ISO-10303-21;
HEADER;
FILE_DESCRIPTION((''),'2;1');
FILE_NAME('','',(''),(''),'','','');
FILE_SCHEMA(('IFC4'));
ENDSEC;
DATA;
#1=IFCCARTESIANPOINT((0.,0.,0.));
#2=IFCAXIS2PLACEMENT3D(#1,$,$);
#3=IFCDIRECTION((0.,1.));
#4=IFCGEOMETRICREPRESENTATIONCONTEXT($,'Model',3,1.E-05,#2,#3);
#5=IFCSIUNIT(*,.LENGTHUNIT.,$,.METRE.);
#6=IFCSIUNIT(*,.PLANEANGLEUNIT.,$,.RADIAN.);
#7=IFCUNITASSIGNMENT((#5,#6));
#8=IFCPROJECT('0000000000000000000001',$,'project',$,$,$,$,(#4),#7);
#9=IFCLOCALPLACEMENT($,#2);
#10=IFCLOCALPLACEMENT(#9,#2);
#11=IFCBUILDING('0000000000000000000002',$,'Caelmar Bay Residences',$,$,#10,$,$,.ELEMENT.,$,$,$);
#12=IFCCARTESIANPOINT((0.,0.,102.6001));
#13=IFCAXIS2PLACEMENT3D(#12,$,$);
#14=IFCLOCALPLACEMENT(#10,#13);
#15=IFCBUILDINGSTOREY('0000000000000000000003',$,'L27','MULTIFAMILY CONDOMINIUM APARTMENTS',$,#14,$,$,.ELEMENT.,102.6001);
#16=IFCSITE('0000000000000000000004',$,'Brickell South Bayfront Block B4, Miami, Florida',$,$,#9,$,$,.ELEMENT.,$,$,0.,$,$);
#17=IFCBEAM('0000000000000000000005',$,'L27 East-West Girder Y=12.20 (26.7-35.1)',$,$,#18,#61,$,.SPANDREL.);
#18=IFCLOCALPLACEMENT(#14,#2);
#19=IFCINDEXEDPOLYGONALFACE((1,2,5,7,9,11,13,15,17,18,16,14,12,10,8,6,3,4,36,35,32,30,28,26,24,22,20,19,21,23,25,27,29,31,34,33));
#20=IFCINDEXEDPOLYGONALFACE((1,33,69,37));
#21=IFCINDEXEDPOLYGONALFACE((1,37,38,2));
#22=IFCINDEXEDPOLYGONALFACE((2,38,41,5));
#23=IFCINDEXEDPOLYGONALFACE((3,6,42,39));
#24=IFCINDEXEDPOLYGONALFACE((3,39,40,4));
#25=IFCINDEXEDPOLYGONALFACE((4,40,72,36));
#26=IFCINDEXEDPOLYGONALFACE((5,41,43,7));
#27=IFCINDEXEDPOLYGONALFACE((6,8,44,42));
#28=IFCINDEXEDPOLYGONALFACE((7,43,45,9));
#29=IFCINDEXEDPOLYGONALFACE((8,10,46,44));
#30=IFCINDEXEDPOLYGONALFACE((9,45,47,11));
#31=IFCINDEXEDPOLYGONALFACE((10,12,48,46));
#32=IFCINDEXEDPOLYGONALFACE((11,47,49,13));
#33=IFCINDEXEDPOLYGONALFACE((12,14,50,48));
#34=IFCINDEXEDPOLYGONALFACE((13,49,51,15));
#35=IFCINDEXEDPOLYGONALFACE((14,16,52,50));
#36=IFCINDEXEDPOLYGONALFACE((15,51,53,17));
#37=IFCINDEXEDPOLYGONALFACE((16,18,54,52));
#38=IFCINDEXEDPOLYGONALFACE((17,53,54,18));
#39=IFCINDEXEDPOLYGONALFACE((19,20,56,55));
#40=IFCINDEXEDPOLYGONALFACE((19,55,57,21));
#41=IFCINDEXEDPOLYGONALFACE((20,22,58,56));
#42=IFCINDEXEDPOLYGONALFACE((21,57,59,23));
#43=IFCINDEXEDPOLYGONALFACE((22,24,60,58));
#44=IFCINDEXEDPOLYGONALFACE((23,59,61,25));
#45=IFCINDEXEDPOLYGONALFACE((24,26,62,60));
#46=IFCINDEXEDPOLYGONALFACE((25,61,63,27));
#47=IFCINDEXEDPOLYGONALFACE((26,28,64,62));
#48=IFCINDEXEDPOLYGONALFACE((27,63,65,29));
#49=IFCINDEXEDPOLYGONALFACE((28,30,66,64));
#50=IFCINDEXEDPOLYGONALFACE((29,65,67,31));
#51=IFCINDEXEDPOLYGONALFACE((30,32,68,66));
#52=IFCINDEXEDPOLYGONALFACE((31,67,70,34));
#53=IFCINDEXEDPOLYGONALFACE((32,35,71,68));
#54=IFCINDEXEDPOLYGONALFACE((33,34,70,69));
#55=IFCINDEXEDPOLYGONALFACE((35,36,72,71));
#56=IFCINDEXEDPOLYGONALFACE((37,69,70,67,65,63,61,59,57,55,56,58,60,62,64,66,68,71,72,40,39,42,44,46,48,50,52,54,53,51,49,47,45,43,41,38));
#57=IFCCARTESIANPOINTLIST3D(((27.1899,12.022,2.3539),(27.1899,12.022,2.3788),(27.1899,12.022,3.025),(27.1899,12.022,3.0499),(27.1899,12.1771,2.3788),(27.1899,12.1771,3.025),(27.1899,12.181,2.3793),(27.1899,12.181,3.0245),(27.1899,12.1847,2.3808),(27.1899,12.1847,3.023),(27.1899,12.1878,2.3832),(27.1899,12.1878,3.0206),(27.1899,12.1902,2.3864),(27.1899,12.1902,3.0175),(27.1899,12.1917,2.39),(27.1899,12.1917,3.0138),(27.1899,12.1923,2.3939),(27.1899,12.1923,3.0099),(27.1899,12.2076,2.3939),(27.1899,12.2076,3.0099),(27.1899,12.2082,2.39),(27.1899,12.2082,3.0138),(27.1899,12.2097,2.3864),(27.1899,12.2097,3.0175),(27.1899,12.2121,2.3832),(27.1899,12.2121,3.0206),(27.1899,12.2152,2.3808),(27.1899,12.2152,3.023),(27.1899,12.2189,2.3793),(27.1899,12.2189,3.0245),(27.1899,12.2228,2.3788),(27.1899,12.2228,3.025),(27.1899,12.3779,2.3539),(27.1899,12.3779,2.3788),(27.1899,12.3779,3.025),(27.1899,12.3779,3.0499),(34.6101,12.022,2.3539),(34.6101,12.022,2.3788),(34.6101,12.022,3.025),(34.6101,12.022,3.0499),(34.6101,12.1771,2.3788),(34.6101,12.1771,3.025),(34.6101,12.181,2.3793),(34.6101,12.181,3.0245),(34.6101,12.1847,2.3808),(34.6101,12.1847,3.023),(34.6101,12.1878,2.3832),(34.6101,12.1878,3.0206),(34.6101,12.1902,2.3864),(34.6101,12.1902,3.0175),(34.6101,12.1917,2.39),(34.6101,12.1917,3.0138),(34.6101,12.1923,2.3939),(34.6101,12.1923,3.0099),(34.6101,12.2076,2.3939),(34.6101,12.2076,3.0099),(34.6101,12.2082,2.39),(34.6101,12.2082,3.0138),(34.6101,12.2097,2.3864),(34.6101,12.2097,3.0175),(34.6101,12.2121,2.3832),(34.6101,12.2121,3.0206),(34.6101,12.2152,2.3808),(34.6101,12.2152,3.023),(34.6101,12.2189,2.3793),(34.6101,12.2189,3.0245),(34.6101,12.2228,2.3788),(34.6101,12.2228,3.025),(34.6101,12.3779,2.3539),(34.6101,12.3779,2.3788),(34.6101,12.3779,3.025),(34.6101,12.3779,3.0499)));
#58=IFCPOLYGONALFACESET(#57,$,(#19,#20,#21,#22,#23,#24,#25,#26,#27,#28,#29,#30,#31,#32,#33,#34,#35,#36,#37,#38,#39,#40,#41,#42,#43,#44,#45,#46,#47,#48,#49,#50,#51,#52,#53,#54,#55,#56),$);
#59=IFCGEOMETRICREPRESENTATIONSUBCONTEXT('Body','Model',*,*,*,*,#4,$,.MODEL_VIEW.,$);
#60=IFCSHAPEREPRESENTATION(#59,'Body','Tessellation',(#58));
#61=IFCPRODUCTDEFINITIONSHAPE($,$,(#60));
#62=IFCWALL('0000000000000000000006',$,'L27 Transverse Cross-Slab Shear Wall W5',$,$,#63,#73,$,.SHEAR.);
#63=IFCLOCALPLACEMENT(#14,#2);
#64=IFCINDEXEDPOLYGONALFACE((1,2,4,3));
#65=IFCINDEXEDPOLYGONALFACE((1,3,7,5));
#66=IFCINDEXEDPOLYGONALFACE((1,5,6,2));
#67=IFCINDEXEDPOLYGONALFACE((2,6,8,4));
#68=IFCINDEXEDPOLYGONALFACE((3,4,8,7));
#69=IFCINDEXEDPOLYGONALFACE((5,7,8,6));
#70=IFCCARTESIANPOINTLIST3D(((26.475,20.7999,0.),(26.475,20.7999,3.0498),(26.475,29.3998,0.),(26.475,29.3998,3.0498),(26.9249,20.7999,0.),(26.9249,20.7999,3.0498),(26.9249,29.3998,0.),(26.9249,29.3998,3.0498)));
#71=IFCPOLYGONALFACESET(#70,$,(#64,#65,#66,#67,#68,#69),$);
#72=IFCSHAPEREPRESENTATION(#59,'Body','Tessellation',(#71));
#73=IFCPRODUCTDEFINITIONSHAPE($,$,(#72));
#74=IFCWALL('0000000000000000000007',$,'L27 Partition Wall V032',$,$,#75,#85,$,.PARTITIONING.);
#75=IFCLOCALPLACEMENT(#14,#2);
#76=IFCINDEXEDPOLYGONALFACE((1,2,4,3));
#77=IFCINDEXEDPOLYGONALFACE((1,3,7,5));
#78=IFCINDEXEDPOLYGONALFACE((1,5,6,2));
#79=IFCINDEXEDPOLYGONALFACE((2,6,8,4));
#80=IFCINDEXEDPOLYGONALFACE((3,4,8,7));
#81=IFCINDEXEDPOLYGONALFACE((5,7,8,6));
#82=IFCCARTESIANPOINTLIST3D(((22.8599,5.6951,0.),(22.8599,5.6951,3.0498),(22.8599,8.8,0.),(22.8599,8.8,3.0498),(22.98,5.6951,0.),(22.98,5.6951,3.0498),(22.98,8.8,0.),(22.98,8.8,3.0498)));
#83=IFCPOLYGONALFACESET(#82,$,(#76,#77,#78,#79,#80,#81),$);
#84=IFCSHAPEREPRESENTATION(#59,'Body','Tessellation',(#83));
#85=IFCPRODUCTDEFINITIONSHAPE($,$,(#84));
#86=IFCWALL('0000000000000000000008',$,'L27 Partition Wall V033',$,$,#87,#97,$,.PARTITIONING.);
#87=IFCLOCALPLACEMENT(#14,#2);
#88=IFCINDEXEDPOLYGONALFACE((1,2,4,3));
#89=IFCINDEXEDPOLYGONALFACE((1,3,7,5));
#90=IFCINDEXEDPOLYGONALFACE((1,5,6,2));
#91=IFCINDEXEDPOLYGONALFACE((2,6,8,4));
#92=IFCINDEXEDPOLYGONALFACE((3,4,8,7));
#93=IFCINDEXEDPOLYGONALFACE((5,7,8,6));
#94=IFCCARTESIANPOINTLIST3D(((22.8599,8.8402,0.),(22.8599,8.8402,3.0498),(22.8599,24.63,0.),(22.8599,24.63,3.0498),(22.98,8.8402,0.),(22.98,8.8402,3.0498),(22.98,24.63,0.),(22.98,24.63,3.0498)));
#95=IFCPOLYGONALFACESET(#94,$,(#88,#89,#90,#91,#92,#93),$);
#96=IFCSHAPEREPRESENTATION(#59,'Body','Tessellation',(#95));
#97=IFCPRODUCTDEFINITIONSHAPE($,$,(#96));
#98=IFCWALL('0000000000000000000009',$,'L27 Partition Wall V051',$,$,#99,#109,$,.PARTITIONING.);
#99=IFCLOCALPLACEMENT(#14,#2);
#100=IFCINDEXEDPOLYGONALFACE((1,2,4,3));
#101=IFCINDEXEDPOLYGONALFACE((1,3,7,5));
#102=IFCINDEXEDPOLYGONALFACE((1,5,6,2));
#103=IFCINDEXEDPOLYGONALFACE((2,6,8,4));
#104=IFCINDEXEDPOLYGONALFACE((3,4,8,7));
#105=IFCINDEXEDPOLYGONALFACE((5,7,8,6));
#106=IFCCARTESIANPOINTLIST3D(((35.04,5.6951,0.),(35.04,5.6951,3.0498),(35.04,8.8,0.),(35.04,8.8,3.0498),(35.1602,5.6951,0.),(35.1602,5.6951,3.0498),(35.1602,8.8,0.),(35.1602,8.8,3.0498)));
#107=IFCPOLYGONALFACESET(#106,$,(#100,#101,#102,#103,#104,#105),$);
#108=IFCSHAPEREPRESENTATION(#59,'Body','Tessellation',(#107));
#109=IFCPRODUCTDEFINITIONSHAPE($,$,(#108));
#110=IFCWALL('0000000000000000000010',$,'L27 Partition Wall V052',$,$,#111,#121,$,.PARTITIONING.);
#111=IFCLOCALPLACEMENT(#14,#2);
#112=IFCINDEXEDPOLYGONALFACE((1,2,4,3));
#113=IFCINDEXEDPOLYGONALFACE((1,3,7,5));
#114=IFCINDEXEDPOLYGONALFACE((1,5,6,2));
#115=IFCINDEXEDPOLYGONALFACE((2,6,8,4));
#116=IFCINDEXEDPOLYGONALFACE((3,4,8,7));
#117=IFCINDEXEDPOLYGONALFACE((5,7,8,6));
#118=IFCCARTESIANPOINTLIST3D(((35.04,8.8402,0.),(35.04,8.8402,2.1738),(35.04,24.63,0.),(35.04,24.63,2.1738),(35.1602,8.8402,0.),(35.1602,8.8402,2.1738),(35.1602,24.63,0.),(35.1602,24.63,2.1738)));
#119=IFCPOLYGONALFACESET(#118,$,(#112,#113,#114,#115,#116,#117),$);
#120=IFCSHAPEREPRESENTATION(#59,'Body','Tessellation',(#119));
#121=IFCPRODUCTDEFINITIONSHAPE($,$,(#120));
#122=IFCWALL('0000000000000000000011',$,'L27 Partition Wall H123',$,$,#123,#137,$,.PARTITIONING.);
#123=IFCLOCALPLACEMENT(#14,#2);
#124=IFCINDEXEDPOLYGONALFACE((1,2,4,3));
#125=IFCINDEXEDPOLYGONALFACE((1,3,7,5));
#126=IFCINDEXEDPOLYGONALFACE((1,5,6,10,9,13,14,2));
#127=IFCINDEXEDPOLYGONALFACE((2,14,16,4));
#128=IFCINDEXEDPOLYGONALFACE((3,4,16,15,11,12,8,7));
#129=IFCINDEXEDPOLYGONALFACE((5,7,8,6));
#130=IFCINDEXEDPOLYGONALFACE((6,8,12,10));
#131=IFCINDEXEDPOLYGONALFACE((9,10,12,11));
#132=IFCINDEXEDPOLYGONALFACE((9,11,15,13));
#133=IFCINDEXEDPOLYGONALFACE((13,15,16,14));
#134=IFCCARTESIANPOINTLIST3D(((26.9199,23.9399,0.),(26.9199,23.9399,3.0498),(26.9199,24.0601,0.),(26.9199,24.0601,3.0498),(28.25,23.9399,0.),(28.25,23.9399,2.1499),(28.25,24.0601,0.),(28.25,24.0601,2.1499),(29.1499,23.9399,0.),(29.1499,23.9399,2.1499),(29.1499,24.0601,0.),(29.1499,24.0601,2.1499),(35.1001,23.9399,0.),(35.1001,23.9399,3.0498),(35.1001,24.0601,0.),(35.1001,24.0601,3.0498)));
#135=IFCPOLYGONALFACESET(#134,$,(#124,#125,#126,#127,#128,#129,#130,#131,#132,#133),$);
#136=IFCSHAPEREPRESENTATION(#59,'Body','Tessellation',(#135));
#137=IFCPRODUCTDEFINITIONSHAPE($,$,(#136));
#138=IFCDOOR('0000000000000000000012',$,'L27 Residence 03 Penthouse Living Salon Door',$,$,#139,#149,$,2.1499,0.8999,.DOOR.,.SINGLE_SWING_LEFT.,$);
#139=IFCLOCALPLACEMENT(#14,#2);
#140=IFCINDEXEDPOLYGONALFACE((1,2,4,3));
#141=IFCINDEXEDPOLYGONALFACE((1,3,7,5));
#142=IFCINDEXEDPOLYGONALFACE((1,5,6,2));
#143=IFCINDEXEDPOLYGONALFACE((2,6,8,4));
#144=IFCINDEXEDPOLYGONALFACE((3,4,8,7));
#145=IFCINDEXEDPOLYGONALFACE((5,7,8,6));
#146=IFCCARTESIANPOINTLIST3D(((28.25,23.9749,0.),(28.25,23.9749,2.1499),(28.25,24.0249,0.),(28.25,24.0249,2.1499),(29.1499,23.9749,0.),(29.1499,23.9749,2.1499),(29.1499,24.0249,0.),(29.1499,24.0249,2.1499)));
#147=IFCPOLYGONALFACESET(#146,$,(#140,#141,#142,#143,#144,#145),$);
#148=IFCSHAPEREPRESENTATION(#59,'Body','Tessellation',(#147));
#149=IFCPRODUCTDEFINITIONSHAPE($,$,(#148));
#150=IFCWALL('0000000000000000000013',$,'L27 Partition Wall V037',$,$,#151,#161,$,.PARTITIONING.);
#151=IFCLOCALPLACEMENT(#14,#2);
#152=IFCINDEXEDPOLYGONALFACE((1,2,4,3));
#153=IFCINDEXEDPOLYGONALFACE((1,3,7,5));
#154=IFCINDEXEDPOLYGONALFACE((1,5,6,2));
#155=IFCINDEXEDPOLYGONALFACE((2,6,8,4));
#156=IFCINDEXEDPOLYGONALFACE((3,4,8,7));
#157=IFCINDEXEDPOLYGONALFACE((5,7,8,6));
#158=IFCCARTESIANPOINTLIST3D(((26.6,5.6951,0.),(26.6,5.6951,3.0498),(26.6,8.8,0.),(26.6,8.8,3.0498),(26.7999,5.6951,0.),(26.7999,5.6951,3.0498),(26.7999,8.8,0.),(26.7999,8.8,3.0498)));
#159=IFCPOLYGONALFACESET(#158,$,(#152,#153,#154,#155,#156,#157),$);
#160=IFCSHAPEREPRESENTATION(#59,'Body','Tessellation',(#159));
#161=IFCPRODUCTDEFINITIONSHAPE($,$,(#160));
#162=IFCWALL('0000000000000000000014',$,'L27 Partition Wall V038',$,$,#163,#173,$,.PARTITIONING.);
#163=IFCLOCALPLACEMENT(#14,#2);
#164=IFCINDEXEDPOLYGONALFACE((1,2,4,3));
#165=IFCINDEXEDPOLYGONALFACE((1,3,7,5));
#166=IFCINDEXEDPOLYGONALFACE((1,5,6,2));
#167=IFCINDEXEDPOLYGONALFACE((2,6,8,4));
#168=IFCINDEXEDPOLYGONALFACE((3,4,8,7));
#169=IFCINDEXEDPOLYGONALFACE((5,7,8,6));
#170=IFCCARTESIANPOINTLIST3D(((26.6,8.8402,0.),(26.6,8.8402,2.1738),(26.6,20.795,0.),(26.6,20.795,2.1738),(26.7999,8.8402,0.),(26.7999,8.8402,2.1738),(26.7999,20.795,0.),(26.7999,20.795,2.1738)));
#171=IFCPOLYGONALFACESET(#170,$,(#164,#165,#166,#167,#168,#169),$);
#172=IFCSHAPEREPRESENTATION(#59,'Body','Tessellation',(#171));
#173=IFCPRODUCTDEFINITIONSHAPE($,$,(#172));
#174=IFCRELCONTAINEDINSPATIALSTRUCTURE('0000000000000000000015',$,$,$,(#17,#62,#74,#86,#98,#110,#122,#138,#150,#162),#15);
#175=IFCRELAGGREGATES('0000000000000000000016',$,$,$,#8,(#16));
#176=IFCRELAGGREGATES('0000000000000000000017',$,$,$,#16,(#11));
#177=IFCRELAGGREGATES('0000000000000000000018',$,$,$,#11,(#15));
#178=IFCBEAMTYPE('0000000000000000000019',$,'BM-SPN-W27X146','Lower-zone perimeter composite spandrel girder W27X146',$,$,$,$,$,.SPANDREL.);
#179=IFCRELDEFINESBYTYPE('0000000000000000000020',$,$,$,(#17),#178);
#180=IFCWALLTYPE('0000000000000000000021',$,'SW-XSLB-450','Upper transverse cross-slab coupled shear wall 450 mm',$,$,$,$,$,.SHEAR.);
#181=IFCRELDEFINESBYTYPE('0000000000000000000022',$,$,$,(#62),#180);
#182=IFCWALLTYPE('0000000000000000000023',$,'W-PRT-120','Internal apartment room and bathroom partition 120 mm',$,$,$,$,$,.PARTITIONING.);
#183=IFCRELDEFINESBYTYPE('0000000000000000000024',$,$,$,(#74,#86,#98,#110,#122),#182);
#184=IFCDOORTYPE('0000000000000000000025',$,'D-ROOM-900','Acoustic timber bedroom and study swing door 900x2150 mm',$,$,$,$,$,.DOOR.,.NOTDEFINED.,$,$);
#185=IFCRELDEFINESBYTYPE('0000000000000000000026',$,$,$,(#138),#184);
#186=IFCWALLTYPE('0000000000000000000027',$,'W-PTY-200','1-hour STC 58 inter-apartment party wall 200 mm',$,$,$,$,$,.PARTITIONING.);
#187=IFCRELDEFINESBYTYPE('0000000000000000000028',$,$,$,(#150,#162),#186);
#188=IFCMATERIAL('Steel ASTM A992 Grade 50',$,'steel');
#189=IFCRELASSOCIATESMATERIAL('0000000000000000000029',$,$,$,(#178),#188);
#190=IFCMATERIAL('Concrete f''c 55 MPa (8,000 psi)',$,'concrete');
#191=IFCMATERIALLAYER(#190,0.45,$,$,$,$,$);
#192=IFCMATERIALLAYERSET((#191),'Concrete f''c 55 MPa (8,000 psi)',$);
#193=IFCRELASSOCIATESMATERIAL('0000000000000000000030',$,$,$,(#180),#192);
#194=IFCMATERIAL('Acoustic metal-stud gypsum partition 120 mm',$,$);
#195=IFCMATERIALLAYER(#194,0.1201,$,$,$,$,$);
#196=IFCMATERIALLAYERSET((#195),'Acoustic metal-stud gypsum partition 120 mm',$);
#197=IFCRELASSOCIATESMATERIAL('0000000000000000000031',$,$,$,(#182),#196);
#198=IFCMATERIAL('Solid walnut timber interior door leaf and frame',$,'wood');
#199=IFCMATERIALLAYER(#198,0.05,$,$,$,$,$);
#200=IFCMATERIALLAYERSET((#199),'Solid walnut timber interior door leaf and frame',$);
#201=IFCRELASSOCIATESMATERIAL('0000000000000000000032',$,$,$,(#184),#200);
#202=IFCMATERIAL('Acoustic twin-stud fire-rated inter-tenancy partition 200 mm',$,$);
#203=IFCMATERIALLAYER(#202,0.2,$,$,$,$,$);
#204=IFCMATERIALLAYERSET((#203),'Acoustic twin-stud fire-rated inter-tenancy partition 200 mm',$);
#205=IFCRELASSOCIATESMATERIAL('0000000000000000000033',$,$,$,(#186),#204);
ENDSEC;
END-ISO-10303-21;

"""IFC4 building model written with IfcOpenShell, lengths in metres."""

from ifc_helpers import new_model, si_unit, direction, frame, frame_2d, origin, origin_2d, place, context, subcontext, project, spatial, rectangle, i_section, extrude, material, layer, layer_set, material_profile, profile_set, type_object, element, fill, save


model = new_model("IFC4")

# Units and contexts
model_context = context("Model", 3, precision=1e-05, world=origin(), true_north=direction((0.0, 1.0)))
body_context = subcontext(model_context, "Body", "Model", "MODEL_VIEW")
ifc_project = project(units=[si_unit("LENGTHUNIT", "METRE"), si_unit("PLANEANGLEUNIT", "RADIAN")], contexts=[model_context])

# Site, building, storey
site_placement = place(None, origin())
site = spatial("IfcSite", under=ifc_project, at=site_placement, Name="Brickell South Bayfront Block B4, Miami, Florida", CompositionType="ELEMENT", RefElevation=0.0)
building_placement = place(site_placement, origin())
building = spatial("IfcBuilding", under=site, at=building_placement, Name="Caelmar Bay Residences", CompositionType="ELEMENT")
storey_placement = place(building_placement, frame((0.0, 0.0, 102.6001)))
storey = spatial("IfcBuildingStorey", under=building, at=storey_placement, Name="L27", Description="MULTIFAMILY CONDOMINIUM APARTMENTS", CompositionType="ELEMENT", Elevation=102.6001)

# Beam
ifc_material_1 = material(Name="Steel ASTM A992 Grade 50", Category="steel")
ifc_material_profile_1 = material_profile(ifc_material_1, i_section(OverallWidth=0.356, OverallDepth=0.696, WebThickness=0.0154, FlangeThickness=0.0249, FilletRadius=0.0151, at=origin_2d()), Name="W27X146")
ifc_profile_set_1 = profile_set([ifc_material_profile_1], Name="Steel ASTM A992 Grade 50")
beam_type_1 = type_object("IfcBeamType", Name="BM-SPN-W27X146", Description="Lower-zone perimeter composite spandrel girder W27X146", PredefinedType="SPANDREL", material=ifc_profile_set_1)
beam_1_placement = place(storey_placement, frame((27.1899, 12.2, 2.7019), z_axis=(1.0, 0.0, 0.0), x_axis=(0.0, 1.0, 0.0)))
element("IfcBeam", 1, at=beam_1_placement, inside=storey, type_object=beam_type_1, Name="L27 East-West Girder Y=12.20 (26.7-35.1)", PredefinedType="SPANDREL", context=body_context, shape_type="SweptSolid", body=[
    extrude(i_section(OverallWidth=0.356, OverallDepth=0.696, WebThickness=0.0154, FlangeThickness=0.0249, FilletRadius=0.0151, at=origin_2d()), origin(), (0.0, 0.0, 1.0), 7.4202),
])

# Walls
ifc_material_2 = material(Name="Concrete f'c 55 MPa (8,000 psi)", Category="concrete")
ifc_layer_1 = layer(ifc_material_2, 0.45)
ifc_layer_set_1 = layer_set([ifc_layer_1], Name="Concrete f'c 55 MPa (8,000 psi)")
wall_type_1 = type_object("IfcWallType", Name="SW-XSLB-450", Description="Upper transverse cross-slab coupled shear wall 450 mm", PredefinedType="SHEAR", material=ifc_layer_set_1)
wall_1_placement = place(storey_placement, frame((26.7, 20.8, 0.0), z_axis=(0.0, 0.0, 1.0), x_axis=(0.0, 1.0, 0.0)))
element("IfcWall", 2, at=wall_1_placement, inside=storey, type_object=wall_type_1, Name="L27 Transverse Cross-Slab Shear Wall W5", PredefinedType="SHEAR", context=body_context, shape_type="SweptSolid", body=[
    extrude(rectangle(XDim=8.5999, YDim=0.45, at=frame_2d((4.2998, 0.0))), origin(), (0.0, 0.0, 1.0), 3.0498),
])
ifc_material_3 = material(Name="Acoustic metal-stud gypsum partition 120 mm")
ifc_layer_2 = layer(ifc_material_3, 0.1201)
ifc_layer_set_2 = layer_set([ifc_layer_2], Name="Acoustic metal-stud gypsum partition 120 mm")
wall_type_2 = type_object("IfcWallType", Name="W-PRT-120", Description="Internal apartment room and bathroom partition 120 mm", PredefinedType="PARTITIONING", material=ifc_layer_set_2)
wall_2_placement = place(storey_placement, frame((22.9199, 5.6951, 0.0), z_axis=(0.0, 0.0, 1.0), x_axis=(0.0, 1.0, 0.0)))
element("IfcWall", 3, at=wall_2_placement, inside=storey, type_object=wall_type_2, Name="L27 Partition Wall V032", PredefinedType="PARTITIONING", context=body_context, shape_type="SweptSolid", body=[
    extrude(rectangle(XDim=3.105, YDim=0.1201, at=frame_2d((1.5525, 0.0))), origin(), (0.0, 0.0, 1.0), 3.0498),
])
wall_3_placement = place(storey_placement, frame((22.9199, 8.8401, 0.0), z_axis=(0.0, 0.0, 1.0), x_axis=(0.0, 1.0, 0.0)))
element("IfcWall", 4, at=wall_3_placement, inside=storey, type_object=wall_type_2, Name="L27 Partition Wall V033", PredefinedType="PARTITIONING", context=body_context, shape_type="SweptSolid", body=[
    extrude(rectangle(XDim=15.7898, YDim=0.1201, at=frame_2d((7.895, 0.0))), origin(), (0.0, 0.0, 1.0), 3.0498),
])
wall_4_placement = place(storey_placement, frame((35.1001, 5.6951, 0.0), z_axis=(0.0, 0.0, 1.0), x_axis=(0.0, 1.0, 0.0)))
element("IfcWall", 5, at=wall_4_placement, inside=storey, type_object=wall_type_2, Name="L27 Partition Wall V051", PredefinedType="PARTITIONING", context=body_context, shape_type="SweptSolid", body=[
    extrude(rectangle(XDim=3.105, YDim=0.1201, at=frame_2d((1.5525, 0.0))), origin(), (0.0, 0.0, 1.0), 3.0498),
])
wall_5_placement = place(storey_placement, frame((35.1001, 8.8401, 0.0), z_axis=(0.0, 0.0, 1.0), x_axis=(0.0, 1.0, 0.0)))
element("IfcWall", 6, at=wall_5_placement, inside=storey, type_object=wall_type_2, Name="L27 Partition Wall V052", PredefinedType="PARTITIONING", context=body_context, shape_type="SweptSolid", body=[
    extrude(rectangle(XDim=15.7898, YDim=0.1201, at=frame_2d((7.895, 0.0))), origin(), (0.0, 0.0, 1.0), 2.1738),
])

# Wall, opening, door
ifc_material_4 = material(Name="Solid walnut timber interior door leaf and frame", Category="wood")
ifc_layer_3 = layer(ifc_material_4, 0.05)
ifc_layer_set_3 = layer_set([ifc_layer_3], Name="Solid walnut timber interior door leaf and frame")
door_type = type_object("IfcDoorType", Name="D-ROOM-900", Description="Acoustic timber bedroom and study swing door 900x2150 mm", OperationType="NOTDEFINED", PredefinedType="DOOR", material=ifc_layer_set_3)
wall_6_placement = place(storey_placement, frame((26.9199, 24.0, 0.0), z_axis=(0.0, 0.0, 1.0), x_axis=(1.0, 0.0, 0.0)))
wall_6 = element("IfcWall", 7, at=wall_6_placement, inside=storey, type_object=wall_type_2, Name="L27 Partition Wall H123", PredefinedType="PARTITIONING", context=body_context, shape_type="SweptSolid", body=[
    extrude(rectangle(XDim=8.1802, YDim=0.1201, at=frame_2d((4.0901, 0.0))), origin(), (0.0, 0.0, 1.0), 3.0498),
])
opening_1_placement = place(wall_6_placement, frame((1.3301, 0.0, 0.0)))
opening_1 = element("IfcOpeningElement", 8, at=opening_1_placement, cuts=wall_6, PredefinedType="OPENING", context=body_context, shape_type="SweptSolid", body=[
    extrude(rectangle(XDim=0.8999, YDim=2.1499, at=frame_2d((0.45, 1.075))), frame((0.0, 0.0701, 0.0), z_axis=(0.0, -1.0, 0.0), x_axis=(1.0, 0.0, 0.0)), (0.0, 0.0, 1.0), 0.1401),
])
door_1_placement = place(opening_1_placement, origin())
door_1 = element("IfcDoor", 9, at=door_1_placement, inside=storey, type_object=door_type, Name="L27 Residence 03 Penthouse Living Salon Door", OperationType="SINGLE_SWING_LEFT", OverallHeight=2.1499, OverallWidth=0.8999, PredefinedType="DOOR", context=body_context, shape_type="SweptSolid", body=[
    extrude(rectangle(XDim=0.8999, YDim=2.1499, at=frame_2d((0.45, 1.075))), frame((0.0, 0.0249, 0.0), z_axis=(0.0, -1.0, 0.0), x_axis=(1.0, 0.0, 0.0)), (0.0, 0.0, 1.0), 0.05),
])
fill(opening_1, door_1)

# Walls
ifc_material_5 = material(Name="Acoustic twin-stud fire-rated inter-tenancy partition 200 mm")
ifc_layer_4 = layer(ifc_material_5, 0.2)
ifc_layer_set_4 = layer_set([ifc_layer_4], Name="Acoustic twin-stud fire-rated inter-tenancy partition 200 mm")
wall_type_3 = type_object("IfcWallType", Name="W-PTY-200", Description="1-hour STC 58 inter-apartment party wall 200 mm", PredefinedType="PARTITIONING", material=ifc_layer_set_4)
wall_7_placement = place(storey_placement, frame((26.7, 5.6951, 0.0), z_axis=(0.0, 0.0, 1.0), x_axis=(0.0, 1.0, 0.0)))
element("IfcWall", 10, at=wall_7_placement, inside=storey, type_object=wall_type_3, Name="L27 Partition Wall V037", PredefinedType="PARTITIONING", context=body_context, shape_type="SweptSolid", body=[
    extrude(rectangle(XDim=3.105, YDim=0.2, at=frame_2d((1.5525, 0.0))), origin(), (0.0, 0.0, 1.0), 3.0498),
])
wall_8_placement = place(storey_placement, frame((26.7, 8.8401, 0.0), z_axis=(0.0, 0.0, 1.0), x_axis=(0.0, 1.0, 0.0)))
element("IfcWall", 11, at=wall_8_placement, inside=storey, type_object=wall_type_3, Name="L27 Partition Wall V038", PredefinedType="PARTITIONING", context=body_context, shape_type="SweptSolid", body=[
    extrude(rectangle(XDim=11.9548, YDim=0.2, at=frame_2d((5.9775, 0.0))), origin(), (0.0, 0.0, 1.0), 2.1738),
])

save(model, "model.ifc")
